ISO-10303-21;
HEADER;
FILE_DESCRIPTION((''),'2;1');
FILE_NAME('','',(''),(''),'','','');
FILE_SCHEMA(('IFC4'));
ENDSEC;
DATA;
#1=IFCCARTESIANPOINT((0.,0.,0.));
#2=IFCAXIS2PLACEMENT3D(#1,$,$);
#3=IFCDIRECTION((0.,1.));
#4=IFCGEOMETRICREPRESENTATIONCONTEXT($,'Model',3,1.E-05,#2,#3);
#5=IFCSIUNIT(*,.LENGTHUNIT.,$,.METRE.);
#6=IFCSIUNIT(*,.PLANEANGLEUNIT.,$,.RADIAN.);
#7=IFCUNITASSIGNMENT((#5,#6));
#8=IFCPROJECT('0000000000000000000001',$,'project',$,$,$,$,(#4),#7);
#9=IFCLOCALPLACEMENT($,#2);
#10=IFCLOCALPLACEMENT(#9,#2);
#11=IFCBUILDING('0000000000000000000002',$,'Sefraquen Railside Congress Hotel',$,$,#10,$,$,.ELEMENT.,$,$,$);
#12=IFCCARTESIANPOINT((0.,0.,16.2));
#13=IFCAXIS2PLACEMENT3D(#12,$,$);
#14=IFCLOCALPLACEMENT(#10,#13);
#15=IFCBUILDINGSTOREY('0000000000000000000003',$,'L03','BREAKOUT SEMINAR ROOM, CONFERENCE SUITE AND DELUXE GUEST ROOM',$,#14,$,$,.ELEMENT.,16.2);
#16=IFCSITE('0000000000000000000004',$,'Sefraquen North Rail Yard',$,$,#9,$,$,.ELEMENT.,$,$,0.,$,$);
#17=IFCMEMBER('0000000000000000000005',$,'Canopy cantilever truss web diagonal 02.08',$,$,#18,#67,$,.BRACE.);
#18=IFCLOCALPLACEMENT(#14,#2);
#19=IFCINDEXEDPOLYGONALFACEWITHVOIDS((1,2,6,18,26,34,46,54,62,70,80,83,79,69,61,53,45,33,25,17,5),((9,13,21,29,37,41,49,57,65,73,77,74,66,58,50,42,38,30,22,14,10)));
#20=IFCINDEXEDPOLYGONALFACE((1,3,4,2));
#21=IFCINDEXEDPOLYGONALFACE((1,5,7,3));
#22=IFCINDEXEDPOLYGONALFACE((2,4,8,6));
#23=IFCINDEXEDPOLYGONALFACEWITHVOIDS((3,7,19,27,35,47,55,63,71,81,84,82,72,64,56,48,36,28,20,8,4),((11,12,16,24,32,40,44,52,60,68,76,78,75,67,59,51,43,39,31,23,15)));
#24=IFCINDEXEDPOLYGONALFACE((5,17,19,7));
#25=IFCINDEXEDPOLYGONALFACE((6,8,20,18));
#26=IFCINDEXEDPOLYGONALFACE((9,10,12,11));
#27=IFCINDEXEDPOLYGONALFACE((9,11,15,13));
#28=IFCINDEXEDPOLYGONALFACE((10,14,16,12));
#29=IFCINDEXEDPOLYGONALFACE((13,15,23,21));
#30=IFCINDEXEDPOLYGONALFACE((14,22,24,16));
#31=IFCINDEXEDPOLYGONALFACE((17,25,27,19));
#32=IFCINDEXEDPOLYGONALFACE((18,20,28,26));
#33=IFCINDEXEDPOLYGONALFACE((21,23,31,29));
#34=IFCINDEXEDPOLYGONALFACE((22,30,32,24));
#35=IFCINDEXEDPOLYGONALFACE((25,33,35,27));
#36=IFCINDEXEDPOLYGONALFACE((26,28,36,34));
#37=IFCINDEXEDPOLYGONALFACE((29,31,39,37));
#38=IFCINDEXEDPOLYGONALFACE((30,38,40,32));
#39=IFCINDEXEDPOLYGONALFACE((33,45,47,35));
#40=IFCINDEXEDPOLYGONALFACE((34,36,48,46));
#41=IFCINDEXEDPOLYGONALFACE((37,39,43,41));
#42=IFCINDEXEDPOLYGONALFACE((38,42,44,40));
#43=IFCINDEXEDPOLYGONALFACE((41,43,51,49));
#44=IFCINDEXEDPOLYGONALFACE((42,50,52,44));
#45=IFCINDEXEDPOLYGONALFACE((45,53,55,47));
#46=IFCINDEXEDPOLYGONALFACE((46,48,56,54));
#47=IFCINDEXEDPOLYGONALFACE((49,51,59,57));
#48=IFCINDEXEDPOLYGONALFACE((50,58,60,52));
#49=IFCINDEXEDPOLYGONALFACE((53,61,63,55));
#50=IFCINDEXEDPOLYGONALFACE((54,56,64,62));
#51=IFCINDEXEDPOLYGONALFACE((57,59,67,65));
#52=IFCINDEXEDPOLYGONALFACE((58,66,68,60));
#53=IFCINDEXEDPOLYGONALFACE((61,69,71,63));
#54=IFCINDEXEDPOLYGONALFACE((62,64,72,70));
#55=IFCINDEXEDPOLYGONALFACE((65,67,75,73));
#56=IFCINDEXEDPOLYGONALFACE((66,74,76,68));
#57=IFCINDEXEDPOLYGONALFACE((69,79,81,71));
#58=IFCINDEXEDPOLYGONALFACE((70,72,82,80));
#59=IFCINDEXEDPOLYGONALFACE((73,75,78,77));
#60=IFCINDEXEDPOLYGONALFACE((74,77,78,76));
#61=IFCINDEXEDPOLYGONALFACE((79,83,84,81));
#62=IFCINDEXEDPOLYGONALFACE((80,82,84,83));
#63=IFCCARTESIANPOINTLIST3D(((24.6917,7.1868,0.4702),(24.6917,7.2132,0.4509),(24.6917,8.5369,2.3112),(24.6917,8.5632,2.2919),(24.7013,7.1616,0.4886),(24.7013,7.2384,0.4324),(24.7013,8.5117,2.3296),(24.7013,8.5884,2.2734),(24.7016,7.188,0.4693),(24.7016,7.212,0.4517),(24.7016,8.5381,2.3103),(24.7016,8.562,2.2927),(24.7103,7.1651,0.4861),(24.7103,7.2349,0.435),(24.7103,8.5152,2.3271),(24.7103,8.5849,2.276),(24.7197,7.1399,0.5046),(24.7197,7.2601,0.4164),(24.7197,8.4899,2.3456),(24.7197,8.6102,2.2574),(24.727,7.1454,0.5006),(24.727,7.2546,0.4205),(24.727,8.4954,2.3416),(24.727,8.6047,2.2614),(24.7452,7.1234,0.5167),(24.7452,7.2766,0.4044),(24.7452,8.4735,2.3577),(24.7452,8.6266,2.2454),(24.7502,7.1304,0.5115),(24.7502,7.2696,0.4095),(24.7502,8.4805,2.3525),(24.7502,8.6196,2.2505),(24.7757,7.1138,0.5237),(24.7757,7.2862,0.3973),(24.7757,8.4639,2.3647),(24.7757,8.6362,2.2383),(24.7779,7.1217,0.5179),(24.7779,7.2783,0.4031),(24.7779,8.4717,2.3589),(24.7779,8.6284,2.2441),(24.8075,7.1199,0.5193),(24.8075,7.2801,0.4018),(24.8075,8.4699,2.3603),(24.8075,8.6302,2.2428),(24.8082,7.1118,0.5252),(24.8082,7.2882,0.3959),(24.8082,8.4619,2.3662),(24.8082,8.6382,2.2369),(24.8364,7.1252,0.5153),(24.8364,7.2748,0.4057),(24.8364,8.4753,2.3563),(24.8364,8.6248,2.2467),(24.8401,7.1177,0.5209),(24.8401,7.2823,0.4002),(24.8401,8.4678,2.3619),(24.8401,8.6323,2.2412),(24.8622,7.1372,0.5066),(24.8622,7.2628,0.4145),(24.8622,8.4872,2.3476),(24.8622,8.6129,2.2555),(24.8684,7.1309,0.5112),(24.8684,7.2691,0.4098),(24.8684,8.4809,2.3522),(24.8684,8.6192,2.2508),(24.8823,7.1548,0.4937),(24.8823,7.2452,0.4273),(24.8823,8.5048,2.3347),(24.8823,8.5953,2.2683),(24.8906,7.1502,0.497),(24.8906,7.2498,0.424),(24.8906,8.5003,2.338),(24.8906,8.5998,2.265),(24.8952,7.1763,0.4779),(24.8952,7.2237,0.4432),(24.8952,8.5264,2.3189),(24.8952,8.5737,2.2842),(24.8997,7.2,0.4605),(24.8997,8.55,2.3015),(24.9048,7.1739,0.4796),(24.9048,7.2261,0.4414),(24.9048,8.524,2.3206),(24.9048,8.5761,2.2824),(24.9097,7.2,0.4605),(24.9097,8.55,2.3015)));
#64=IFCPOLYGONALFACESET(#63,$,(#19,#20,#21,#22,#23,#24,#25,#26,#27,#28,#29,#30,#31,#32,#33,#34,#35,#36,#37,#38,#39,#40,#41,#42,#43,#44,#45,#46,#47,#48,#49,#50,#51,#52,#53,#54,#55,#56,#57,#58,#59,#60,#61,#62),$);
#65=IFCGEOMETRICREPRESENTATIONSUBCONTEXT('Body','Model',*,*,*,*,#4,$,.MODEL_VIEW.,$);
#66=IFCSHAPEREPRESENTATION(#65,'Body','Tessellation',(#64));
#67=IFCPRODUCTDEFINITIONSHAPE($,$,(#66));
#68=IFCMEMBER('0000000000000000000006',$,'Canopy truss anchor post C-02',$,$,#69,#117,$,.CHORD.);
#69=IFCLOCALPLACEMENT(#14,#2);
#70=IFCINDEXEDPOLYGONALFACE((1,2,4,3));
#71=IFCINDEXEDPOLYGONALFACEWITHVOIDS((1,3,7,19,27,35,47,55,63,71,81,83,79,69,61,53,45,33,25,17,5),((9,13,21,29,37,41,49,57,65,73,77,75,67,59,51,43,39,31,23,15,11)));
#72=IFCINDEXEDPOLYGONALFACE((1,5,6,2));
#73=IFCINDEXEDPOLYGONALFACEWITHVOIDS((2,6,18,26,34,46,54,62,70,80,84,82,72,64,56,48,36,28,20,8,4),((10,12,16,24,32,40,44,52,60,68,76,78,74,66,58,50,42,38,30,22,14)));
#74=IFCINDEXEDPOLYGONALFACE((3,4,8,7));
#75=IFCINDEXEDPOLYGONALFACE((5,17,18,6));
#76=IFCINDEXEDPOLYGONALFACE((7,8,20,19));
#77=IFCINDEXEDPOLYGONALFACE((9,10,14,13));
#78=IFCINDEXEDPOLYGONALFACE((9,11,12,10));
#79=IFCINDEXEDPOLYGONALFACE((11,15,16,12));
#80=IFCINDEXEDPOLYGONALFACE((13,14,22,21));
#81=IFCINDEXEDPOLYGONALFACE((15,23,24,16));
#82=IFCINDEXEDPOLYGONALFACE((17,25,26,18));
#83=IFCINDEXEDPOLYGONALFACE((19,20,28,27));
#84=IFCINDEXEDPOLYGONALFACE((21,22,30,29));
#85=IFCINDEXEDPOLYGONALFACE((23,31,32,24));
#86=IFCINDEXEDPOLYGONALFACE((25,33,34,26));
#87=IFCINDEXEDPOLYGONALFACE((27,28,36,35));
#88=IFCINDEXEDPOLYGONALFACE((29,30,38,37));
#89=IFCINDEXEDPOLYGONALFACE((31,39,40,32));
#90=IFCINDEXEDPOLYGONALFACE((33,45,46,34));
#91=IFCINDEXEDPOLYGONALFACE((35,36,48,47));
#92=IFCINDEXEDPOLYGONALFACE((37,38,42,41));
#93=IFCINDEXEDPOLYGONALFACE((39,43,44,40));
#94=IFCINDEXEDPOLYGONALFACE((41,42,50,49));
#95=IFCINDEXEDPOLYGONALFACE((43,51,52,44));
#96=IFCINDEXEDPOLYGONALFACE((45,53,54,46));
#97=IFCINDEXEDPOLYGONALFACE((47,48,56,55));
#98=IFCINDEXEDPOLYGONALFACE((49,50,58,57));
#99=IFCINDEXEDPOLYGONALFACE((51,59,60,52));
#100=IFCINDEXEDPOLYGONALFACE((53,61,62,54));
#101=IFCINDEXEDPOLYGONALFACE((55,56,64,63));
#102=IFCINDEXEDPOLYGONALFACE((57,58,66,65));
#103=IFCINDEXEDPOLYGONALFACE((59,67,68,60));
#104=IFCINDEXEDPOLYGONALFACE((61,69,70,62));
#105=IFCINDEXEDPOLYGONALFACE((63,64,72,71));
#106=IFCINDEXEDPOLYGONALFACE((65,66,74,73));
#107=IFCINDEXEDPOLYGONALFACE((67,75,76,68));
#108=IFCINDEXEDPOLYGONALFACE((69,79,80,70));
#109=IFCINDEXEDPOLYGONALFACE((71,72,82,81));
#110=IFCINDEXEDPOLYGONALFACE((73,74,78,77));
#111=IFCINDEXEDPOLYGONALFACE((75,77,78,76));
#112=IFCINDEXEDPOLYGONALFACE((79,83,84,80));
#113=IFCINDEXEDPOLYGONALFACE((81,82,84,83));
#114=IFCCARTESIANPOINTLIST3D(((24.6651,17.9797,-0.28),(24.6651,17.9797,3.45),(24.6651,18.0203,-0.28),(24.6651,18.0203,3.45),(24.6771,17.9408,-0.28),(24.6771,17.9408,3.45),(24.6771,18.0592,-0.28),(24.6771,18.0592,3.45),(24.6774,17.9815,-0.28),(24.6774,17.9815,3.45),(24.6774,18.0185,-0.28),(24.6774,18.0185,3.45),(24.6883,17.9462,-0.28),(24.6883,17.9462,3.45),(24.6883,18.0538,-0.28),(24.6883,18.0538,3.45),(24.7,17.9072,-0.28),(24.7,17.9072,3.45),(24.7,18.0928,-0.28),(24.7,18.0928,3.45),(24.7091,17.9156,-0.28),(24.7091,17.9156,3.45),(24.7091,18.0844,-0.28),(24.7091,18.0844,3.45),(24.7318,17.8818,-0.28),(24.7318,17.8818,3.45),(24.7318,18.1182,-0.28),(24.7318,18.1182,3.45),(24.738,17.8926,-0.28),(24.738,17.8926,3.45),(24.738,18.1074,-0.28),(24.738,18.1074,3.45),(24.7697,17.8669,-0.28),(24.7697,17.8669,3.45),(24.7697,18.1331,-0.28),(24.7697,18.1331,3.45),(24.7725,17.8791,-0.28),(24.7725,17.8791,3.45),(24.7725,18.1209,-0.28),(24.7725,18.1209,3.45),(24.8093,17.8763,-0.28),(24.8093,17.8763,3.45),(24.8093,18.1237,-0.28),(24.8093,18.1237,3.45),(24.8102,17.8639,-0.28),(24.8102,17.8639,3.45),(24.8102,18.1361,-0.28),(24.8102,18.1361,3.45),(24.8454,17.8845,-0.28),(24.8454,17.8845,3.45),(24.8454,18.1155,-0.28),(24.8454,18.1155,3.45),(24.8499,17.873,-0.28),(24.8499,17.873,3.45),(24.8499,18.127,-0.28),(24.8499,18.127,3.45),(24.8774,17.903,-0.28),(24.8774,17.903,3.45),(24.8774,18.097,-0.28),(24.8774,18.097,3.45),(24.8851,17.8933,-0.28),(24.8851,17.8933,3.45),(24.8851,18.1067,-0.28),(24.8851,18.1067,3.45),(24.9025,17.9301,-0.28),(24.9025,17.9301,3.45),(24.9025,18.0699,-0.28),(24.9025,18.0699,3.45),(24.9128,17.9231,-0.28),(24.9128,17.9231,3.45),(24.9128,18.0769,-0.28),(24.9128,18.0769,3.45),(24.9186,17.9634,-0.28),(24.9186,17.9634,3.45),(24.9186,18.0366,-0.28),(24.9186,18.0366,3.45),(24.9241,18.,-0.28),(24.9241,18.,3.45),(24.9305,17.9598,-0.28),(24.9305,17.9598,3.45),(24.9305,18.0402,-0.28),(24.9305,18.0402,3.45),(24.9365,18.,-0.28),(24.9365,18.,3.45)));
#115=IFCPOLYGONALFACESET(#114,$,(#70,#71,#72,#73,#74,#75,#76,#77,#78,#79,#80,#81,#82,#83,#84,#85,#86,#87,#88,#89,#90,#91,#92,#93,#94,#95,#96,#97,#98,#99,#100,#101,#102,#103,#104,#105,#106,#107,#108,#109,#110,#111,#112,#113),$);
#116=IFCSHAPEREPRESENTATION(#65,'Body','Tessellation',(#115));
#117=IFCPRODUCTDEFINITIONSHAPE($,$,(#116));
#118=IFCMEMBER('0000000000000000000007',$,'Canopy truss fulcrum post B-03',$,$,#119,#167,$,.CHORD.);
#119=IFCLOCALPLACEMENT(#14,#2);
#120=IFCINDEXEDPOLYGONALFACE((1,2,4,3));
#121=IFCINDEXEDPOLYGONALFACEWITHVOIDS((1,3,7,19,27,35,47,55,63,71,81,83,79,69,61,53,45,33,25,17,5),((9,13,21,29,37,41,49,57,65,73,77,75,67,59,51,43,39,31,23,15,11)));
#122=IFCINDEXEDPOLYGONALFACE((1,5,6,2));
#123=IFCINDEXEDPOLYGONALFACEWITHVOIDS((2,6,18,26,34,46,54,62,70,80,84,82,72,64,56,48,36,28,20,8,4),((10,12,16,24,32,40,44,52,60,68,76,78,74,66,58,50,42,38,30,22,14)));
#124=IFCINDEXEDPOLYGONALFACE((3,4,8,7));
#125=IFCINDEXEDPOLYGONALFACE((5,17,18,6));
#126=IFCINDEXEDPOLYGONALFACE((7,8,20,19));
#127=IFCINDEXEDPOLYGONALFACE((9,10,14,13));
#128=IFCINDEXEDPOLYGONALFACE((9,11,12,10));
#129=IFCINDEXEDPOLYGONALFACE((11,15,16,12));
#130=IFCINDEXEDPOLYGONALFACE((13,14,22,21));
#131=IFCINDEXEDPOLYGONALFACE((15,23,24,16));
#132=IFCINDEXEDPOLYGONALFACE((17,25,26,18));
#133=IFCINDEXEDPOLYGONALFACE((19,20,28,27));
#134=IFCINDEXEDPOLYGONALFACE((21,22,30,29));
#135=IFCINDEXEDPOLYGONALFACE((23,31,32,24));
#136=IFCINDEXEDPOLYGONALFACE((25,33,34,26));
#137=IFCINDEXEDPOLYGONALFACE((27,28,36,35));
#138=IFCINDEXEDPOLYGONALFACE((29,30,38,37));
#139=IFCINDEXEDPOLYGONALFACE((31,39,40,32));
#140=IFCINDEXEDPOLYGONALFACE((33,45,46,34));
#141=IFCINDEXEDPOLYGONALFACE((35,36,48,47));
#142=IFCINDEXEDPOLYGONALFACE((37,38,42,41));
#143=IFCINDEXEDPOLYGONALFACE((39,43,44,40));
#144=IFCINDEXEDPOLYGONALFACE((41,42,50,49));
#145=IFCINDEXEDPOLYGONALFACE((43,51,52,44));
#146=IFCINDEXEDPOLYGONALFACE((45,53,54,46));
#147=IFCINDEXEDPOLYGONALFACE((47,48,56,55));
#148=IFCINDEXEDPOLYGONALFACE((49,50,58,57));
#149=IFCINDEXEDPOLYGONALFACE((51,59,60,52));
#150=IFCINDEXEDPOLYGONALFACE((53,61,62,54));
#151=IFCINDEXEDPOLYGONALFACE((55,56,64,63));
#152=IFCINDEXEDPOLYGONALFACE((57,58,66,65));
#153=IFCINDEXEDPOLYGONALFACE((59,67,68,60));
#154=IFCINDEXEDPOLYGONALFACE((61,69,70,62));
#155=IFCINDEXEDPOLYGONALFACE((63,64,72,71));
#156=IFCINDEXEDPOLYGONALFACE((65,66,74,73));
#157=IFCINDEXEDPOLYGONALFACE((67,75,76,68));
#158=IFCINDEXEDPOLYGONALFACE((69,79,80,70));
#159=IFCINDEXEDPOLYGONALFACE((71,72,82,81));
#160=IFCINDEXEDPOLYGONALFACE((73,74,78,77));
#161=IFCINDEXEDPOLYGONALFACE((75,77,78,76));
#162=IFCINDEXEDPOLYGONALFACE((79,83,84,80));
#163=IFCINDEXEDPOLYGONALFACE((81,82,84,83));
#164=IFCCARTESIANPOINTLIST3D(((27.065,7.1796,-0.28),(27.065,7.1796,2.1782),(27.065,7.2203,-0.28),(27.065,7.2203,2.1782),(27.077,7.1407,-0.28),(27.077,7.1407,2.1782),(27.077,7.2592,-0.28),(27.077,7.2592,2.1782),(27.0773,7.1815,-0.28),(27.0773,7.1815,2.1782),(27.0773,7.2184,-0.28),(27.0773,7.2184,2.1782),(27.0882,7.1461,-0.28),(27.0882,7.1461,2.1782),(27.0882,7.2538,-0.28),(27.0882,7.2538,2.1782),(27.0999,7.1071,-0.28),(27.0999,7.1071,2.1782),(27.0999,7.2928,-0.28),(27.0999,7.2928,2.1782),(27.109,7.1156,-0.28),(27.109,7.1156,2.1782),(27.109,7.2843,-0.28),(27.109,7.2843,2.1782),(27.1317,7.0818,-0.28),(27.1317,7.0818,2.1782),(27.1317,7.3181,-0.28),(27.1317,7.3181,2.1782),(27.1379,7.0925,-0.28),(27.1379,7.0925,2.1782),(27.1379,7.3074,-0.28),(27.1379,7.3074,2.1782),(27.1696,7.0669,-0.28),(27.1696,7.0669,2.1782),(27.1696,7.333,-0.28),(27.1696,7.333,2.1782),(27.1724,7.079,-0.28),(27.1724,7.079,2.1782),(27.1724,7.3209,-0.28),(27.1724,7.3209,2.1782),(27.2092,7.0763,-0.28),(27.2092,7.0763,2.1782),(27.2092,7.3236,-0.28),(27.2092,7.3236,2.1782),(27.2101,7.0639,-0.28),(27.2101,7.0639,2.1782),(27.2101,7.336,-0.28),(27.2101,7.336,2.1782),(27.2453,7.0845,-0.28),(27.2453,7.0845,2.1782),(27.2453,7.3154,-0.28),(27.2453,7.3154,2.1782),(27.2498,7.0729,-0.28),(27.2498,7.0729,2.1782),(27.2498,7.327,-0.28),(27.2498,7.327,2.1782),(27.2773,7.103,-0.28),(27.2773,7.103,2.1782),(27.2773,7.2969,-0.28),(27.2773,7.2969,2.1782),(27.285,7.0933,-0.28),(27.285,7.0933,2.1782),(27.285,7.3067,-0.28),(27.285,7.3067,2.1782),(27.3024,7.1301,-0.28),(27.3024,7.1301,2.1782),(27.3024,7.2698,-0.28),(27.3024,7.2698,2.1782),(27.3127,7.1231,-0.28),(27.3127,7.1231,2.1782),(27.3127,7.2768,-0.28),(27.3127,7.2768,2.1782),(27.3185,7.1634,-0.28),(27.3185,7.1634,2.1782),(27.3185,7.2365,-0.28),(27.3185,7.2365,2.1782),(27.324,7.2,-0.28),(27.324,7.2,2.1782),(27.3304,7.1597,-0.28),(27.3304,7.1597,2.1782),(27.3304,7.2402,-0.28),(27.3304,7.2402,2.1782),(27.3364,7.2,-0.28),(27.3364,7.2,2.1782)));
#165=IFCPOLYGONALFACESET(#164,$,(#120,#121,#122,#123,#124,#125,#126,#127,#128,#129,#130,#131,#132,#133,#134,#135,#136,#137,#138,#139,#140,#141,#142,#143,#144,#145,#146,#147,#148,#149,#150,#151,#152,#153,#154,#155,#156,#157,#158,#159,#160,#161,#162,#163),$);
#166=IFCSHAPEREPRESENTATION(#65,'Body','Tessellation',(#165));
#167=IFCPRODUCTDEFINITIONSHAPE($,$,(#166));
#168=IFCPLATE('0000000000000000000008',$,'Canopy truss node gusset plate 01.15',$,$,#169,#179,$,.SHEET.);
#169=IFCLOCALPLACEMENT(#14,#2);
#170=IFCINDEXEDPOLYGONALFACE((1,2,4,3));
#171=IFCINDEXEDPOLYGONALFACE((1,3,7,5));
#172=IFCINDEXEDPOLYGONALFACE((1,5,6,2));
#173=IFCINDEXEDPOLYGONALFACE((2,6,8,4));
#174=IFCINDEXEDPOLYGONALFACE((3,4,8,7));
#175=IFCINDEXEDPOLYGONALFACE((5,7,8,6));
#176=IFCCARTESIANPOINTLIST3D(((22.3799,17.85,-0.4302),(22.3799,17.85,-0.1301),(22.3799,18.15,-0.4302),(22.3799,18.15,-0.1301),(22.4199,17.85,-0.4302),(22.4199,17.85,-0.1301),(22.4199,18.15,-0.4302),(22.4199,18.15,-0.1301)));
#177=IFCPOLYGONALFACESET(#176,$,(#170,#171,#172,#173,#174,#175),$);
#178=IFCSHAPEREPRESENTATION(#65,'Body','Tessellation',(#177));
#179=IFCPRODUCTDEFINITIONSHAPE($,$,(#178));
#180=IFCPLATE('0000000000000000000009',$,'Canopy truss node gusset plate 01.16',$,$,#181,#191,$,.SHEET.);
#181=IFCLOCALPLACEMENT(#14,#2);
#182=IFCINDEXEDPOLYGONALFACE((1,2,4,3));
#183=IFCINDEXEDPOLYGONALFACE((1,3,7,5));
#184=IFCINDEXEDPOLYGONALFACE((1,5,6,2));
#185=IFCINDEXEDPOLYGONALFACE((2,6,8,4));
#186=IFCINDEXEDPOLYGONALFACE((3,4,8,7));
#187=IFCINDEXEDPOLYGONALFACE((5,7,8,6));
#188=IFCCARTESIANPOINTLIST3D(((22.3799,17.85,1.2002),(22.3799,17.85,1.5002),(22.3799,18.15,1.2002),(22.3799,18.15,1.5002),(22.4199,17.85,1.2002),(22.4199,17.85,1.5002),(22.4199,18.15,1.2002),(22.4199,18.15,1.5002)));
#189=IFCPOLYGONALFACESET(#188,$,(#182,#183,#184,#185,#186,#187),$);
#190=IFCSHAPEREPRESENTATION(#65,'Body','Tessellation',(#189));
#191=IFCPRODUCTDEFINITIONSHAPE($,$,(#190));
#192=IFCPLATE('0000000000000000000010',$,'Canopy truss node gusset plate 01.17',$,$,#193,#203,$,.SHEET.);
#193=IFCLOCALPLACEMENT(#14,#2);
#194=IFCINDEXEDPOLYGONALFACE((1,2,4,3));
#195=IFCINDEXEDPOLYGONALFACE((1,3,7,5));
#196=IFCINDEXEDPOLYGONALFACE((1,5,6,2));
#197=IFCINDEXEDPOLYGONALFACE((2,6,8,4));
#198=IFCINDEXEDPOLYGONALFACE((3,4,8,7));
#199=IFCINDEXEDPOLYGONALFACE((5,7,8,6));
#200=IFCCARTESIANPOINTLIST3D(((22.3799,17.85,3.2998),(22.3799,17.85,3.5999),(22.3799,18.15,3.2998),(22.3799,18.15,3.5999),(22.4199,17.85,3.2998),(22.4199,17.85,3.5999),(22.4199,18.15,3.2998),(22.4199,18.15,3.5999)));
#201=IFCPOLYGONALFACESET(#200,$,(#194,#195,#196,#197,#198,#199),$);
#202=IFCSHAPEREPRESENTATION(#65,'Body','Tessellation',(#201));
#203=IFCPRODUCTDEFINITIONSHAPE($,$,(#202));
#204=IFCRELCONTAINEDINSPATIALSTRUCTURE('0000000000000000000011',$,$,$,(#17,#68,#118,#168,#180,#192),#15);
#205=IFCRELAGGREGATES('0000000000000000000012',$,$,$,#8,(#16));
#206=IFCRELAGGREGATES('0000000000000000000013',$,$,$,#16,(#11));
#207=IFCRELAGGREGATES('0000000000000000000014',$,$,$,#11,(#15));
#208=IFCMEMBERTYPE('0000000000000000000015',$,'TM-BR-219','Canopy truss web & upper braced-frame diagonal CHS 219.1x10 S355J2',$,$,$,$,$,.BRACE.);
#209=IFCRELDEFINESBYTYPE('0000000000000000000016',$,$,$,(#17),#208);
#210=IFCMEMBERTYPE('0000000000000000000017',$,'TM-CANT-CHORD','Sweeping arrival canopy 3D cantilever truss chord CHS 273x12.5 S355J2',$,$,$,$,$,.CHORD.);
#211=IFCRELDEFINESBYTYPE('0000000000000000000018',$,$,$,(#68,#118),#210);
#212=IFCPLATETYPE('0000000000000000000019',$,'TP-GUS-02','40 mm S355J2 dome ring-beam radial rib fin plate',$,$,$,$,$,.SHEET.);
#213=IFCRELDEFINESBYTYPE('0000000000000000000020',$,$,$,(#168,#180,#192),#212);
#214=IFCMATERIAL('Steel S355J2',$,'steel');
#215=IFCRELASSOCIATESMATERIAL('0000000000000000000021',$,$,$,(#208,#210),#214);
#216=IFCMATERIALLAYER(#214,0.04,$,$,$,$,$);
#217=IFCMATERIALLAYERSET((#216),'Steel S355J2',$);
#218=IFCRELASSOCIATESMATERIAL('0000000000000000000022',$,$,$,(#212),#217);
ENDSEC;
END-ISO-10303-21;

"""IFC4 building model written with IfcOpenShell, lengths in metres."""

from ifc_helpers import new_model, si_unit, direction, frame, origin, origin_2d, place, context, subcontext, project, spatial, rectangle, hollow_circle, extrude, material, layer, layer_set, material_profile, profile_set, type_object, element, save


model = new_model("IFC4")

# Units and contexts
model_context = context("Model", 3, precision=1e-05, world=origin(), true_north=direction((0.0, 1.0)))
body_context = subcontext(model_context, "Body", "Model", "MODEL_VIEW")
ifc_project = project(units=[si_unit("LENGTHUNIT", "METRE"), si_unit("PLANEANGLEUNIT", "RADIAN")], contexts=[model_context])

# Site, building, storey
site_placement = place(None, origin())
site = spatial("IfcSite", under=ifc_project, at=site_placement, Name="Sefraquen North Rail Yard", CompositionType="ELEMENT", RefElevation=0.0)
building_placement = place(site_placement, origin())
building = spatial("IfcBuilding", under=site, at=building_placement, Name="Sefraquen Railside Congress Hotel", CompositionType="ELEMENT")
storey_placement = place(building_placement, frame((0.0, 0.0, 16.2)))
storey = spatial("IfcBuildingStorey", under=building, at=storey_placement, Name="L03", Description="BREAKOUT SEMINAR ROOM, CONFERENCE SUITE AND DELUXE GUEST ROOM", CompositionType="ELEMENT", Elevation=16.2)

# Shared definitions
ifc_material_1 = material(Name="Steel S355J2", Category="steel")

# Members
ifc_material_profile_1 = material_profile(ifc_material_1, hollow_circle(Radius=0.1096, WallThickness=0.01, at=origin_2d()), Name="CHS 219.1x10")
ifc_profile_set_1 = profile_set([ifc_material_profile_1], Name="Steel S355J2")
member_type_1 = type_object("IfcMemberType", Name="TM-BR-219", Description="Canopy truss web & upper braced-frame diagonal CHS 219.1x10 S355J2", PredefinedType="BRACE", material=ifc_profile_set_1)
member_1_placement = place(storey_placement, frame((24.8, 8.55, 2.3015), z_axis=(0.0, -0.591359, -0.806408), x_axis=(1.0, 0.0, 0.0)))
element("IfcMember", 1, at=member_1_placement, inside=storey, type_object=member_type_1, Name="Canopy cantilever truss web diagonal 02.08", PredefinedType="BRACE", context=body_context, shape_type="SweptSolid", body=[
    extrude(hollow_circle(Radius=0.1096, WallThickness=0.01, at=origin_2d()), origin(), (0.0, 0.0, 1.0), 2.283),
])
ifc_material_profile_2 = material_profile(ifc_material_1, hollow_circle(Radius=0.1365, WallThickness=0.0125, at=origin_2d()), Name="CHS 273x12.5")
ifc_profile_set_2 = profile_set([ifc_material_profile_2], Name="Steel S355J2")
member_type_2 = type_object("IfcMemberType", Name="TM-CANT-CHORD", Description="Sweeping arrival canopy 3D cantilever truss chord CHS 273x12.5 S355J2", PredefinedType="CHORD", material=ifc_profile_set_2)
member_2_placement = place(storey_placement, frame((24.8, 18.0, -0.28), z_axis=(0.0, 0.0, 1.0), x_axis=(1.0, 0.0, 0.0)))
element("IfcMember", 2, at=member_2_placement, inside=storey, type_object=member_type_2, Name="Canopy truss anchor post C-02", PredefinedType="CHORD", context=body_context, shape_type="SweptSolid", body=[
    extrude(hollow_circle(Radius=0.1365, WallThickness=0.0125, at=origin_2d()), origin(), (0.0, 0.0, 1.0), 3.73),
])
member_3_placement = place(storey_placement, frame((27.2, 7.2, -0.28), z_axis=(0.0, 0.0, 1.0), x_axis=(1.0, 0.0, 0.0)))
element("IfcMember", 3, at=member_3_placement, inside=storey, type_object=member_type_2, Name="Canopy truss fulcrum post B-03", PredefinedType="CHORD", context=body_context, shape_type="SweptSolid", body=[
    extrude(hollow_circle(Radius=0.1365, WallThickness=0.0125, at=origin_2d()), origin(), (0.0, 0.0, 1.0), 2.4583),
])

# Plates
ifc_layer_1 = layer(ifc_material_1, 0.04)
ifc_layer_set_1 = layer_set([ifc_layer_1], Name="Steel S355J2")
plate_type = type_object("IfcPlateType", Name="TP-GUS-02", Description="40 mm S355J2 dome ring-beam radial rib fin plate", PredefinedType="SHEET", material=ifc_layer_set_1)
for number, where, z_axis, x_axis, name in (
    (4, (22.3999, 18.0, -0.4302), (0.0, 0.0, 1.0), (1.0, 0.0, 0.0), "Canopy truss node gusset plate 01.15"),
    (5, (22.3999, 18.0, 1.2002), (0.0, 0.0, 1.0), (1.0, 0.0, 0.0), "Canopy truss node gusset plate 01.16"),
    (6, (22.3999, 18.0, 3.2998), (0.0, 0.0, 1.0), (1.0, 0.0, 0.0), "Canopy truss node gusset plate 01.17"),
):
    element("IfcPlate", number, at=place(storey_placement, frame(where, z_axis=z_axis, x_axis=x_axis)), inside=storey, type_object=plate_type, Name=name, PredefinedType="SHEET", context=body_context, shape_type="SweptSolid", body=[
        extrude(rectangle(XDim=0.04, YDim=0.3, at=origin_2d()), origin(), (0.0, 0.0, 1.0), 0.3),
    ])

save(model, "model.ifc")
